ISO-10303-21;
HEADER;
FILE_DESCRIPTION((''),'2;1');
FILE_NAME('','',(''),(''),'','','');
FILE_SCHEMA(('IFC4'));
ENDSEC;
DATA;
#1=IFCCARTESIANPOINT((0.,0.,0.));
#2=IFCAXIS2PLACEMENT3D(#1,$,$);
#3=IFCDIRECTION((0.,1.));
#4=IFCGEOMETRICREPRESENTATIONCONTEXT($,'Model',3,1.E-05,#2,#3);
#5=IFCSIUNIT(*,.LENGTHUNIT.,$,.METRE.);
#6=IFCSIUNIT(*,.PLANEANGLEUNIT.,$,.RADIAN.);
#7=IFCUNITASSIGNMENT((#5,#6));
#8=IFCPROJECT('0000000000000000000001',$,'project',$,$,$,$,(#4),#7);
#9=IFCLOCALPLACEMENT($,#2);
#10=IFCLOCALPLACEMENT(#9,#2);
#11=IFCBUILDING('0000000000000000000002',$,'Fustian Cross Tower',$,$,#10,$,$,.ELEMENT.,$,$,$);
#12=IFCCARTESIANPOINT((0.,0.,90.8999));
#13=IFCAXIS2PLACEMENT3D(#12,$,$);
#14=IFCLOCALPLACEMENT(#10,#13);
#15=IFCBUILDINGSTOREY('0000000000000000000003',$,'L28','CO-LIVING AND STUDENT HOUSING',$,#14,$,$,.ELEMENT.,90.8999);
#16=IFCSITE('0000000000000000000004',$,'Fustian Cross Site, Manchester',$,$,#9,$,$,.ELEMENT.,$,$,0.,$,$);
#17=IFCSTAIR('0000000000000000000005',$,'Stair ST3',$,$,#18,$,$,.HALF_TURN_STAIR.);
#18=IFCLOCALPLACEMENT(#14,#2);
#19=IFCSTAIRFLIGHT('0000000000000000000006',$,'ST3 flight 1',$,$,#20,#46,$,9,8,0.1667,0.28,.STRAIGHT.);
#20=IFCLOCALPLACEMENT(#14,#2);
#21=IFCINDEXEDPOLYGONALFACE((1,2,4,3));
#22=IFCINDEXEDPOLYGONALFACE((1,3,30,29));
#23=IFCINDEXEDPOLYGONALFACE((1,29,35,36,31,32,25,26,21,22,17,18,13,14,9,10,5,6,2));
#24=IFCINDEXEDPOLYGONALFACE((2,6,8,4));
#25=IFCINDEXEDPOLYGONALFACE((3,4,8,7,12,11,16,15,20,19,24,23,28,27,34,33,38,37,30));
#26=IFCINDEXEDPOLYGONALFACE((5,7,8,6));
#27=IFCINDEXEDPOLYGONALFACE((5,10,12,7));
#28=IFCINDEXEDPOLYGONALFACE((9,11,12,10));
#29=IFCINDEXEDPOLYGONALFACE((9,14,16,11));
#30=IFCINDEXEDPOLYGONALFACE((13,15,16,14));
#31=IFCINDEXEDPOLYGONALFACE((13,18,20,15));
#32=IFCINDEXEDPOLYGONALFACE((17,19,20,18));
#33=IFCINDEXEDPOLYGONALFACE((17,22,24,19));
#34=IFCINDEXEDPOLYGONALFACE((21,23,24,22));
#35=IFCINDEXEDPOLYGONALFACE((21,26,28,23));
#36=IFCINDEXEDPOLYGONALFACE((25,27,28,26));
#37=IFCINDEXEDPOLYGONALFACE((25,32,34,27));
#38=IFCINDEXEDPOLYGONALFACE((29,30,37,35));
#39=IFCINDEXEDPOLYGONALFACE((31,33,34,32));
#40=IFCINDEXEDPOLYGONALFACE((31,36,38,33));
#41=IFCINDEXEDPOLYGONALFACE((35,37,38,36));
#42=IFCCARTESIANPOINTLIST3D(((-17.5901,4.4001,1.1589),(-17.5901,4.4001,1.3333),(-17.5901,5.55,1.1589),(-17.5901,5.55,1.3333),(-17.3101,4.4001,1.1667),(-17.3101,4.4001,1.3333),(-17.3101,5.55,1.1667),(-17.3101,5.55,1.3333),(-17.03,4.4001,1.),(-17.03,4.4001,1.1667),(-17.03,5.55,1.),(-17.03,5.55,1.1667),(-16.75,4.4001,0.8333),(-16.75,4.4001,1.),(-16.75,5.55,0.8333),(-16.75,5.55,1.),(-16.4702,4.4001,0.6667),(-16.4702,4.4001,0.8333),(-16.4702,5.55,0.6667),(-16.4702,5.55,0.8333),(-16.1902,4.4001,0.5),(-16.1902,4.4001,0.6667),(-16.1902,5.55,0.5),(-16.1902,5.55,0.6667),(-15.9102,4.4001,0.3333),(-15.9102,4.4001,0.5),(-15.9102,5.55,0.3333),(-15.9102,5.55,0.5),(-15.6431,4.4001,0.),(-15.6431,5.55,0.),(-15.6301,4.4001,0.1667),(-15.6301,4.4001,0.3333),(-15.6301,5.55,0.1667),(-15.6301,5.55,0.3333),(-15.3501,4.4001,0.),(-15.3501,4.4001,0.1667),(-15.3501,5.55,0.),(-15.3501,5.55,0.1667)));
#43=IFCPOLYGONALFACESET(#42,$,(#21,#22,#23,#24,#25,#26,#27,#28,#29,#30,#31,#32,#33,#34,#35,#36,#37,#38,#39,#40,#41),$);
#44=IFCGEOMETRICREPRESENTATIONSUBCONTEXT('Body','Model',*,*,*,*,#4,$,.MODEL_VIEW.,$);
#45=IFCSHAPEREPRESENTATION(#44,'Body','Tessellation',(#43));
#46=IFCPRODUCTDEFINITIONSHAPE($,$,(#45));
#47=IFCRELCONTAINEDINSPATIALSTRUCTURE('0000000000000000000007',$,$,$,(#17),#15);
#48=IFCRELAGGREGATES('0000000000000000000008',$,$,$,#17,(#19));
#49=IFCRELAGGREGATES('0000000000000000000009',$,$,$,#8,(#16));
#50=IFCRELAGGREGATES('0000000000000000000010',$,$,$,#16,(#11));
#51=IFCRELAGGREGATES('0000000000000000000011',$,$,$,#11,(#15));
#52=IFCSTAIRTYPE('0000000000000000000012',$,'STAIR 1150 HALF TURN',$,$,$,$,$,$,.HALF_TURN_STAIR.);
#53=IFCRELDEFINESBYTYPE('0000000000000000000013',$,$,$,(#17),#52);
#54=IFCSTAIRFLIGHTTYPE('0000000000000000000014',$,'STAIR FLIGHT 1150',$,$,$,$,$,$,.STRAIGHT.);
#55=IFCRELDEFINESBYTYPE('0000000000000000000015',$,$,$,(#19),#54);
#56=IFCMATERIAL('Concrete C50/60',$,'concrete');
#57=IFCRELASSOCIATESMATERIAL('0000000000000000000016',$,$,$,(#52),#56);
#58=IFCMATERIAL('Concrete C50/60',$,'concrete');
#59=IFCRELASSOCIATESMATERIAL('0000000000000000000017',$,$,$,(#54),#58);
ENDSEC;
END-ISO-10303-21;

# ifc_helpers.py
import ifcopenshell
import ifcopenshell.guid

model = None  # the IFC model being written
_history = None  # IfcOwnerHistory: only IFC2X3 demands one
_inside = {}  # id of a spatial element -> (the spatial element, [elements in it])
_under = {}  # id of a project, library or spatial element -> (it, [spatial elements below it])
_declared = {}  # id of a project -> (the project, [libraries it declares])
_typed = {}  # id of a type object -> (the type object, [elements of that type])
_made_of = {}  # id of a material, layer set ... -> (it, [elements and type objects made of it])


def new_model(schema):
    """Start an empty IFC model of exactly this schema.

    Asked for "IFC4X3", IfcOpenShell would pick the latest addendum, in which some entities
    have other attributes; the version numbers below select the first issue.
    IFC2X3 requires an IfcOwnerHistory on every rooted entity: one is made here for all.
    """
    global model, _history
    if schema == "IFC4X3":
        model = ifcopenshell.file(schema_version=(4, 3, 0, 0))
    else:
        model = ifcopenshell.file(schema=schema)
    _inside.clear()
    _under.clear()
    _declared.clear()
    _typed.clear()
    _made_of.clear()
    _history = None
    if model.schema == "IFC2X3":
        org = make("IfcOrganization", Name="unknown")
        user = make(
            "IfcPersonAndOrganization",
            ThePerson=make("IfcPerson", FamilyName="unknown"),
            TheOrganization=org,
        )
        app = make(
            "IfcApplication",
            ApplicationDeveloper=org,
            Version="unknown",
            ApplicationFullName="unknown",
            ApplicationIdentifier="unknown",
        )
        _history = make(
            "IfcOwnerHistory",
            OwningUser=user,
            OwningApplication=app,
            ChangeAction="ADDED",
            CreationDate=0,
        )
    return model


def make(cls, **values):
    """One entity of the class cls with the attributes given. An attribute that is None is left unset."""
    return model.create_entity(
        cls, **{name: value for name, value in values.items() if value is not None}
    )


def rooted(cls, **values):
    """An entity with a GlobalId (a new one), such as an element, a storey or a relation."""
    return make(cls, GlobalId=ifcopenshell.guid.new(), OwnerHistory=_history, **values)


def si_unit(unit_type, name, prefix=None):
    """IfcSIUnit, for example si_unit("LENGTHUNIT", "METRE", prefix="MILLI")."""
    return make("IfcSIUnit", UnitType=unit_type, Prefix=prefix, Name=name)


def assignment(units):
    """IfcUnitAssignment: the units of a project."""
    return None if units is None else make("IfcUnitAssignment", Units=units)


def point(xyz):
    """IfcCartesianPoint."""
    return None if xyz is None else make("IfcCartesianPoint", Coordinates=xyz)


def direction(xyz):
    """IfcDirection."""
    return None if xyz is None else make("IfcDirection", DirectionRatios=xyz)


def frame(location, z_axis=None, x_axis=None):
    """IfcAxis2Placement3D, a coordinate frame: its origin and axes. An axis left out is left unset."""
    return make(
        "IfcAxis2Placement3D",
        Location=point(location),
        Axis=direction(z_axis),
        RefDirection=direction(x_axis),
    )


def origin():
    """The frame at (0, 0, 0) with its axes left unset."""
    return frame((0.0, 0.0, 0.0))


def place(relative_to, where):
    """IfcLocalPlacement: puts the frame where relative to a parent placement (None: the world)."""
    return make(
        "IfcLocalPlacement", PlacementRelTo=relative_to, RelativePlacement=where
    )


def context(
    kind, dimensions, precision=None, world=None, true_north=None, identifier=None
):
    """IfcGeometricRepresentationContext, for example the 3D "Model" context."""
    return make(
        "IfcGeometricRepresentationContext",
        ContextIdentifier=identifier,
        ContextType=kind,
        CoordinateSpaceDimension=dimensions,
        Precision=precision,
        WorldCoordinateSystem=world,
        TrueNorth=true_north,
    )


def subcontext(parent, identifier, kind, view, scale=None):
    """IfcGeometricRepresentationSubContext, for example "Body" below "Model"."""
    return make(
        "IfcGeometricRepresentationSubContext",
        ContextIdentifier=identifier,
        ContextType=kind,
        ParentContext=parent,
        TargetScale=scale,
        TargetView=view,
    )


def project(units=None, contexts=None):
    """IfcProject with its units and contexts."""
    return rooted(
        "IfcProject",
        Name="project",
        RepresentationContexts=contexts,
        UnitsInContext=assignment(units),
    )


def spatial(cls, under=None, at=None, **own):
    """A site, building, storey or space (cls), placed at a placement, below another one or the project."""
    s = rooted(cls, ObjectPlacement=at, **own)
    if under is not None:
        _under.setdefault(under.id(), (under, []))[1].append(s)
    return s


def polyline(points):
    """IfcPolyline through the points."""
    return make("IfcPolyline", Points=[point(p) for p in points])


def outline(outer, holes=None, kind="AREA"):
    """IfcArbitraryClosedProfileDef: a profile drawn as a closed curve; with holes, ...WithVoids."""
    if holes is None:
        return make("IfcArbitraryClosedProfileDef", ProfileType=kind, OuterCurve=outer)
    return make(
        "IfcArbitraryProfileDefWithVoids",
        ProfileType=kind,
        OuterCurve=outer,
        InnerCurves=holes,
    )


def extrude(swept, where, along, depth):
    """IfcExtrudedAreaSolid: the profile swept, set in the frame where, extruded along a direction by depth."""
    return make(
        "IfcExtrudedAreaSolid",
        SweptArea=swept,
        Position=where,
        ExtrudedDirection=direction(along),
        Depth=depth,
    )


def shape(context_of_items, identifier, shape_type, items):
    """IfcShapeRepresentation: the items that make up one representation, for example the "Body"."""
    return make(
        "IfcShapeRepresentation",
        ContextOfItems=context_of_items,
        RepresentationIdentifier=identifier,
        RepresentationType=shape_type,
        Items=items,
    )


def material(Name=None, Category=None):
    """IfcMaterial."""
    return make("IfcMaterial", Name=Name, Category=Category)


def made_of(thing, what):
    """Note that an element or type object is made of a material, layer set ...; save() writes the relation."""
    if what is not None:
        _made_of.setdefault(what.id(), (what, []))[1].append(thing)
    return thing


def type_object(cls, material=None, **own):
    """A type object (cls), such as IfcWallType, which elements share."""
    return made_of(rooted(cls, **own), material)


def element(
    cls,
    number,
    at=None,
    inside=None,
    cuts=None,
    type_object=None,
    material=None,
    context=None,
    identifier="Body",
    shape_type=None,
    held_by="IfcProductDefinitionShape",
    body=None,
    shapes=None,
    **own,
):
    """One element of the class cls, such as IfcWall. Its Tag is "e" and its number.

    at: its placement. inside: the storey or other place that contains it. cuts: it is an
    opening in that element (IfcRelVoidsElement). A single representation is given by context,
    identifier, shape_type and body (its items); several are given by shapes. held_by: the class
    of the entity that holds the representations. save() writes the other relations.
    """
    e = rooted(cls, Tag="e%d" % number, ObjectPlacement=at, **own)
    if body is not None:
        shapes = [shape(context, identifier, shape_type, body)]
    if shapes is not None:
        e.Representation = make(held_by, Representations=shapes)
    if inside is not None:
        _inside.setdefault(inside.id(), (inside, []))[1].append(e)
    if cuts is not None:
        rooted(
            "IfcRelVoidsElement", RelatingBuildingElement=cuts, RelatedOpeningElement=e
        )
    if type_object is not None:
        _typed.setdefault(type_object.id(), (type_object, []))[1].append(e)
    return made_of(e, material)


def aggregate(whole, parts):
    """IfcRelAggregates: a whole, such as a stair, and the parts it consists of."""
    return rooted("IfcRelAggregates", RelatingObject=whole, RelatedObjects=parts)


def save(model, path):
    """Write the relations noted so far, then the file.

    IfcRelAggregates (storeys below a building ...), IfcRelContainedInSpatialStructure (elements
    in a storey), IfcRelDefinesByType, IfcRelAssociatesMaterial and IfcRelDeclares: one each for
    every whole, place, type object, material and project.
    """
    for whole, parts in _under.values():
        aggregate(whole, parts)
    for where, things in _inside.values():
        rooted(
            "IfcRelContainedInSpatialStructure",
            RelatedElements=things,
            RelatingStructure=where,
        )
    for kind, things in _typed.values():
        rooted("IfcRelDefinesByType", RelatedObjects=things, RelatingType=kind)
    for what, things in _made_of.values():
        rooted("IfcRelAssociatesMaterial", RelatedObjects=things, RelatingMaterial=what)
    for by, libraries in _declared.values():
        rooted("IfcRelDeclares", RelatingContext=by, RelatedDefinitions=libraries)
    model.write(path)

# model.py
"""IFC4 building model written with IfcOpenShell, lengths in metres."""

from ifc_helpers import new_model, si_unit, direction, frame, origin, place, context, subcontext, project, spatial, polyline, outline, extrude, material, type_object, element, aggregate, save


model = new_model("IFC4")

# Units and contexts
model_context = context("Model", 3, precision=1e-05, world=origin(), true_north=direction((0.0, 1.0)))
body_context = subcontext(model_context, "Body", "Model", "MODEL_VIEW")
ifc_project = project(units=[si_unit("LENGTHUNIT", "METRE"), si_unit("PLANEANGLEUNIT", "RADIAN")], contexts=[model_context])

# Site, building, storey
site_placement = place(None, origin())
site = spatial("IfcSite", under=ifc_project, at=site_placement, Name="Fustian Cross Site, Manchester", CompositionType="ELEMENT", RefElevation=0.0)
building_placement = place(site_placement, origin())
building = spatial("IfcBuilding", under=site, at=building_placement, Name="Fustian Cross Tower", CompositionType="ELEMENT")
storey_placement = place(building_placement, frame((0.0, 0.0, 90.8999)))
storey = spatial("IfcBuildingStorey", under=building, at=storey_placement, Name="L28", Description="CO-LIVING AND STUDENT HOUSING", CompositionType="ELEMENT", Elevation=90.8999)

# Stair, stair flight
ifc_material_1 = material(Name="Concrete C50/60", Category="concrete")
stair_type = type_object("IfcStairType", Name="STAIR 1150 HALF TURN", PredefinedType="HALF_TURN_STAIR", material=ifc_material_1)
stair_placement = place(storey_placement, origin())
stair = element("IfcStair", 1, at=stair_placement, inside=storey, type_object=stair_type, Name="Stair ST3", PredefinedType="HALF_TURN_STAIR")
ifc_material_2 = material(Name="Concrete C50/60", Category="concrete")
stair_flight_type = type_object("IfcStairFlightType", Name="STAIR FLIGHT 1150", PredefinedType="STRAIGHT", material=ifc_material_2)
stair_flight_placement = place(storey_placement, frame((-15.3501, 4.9751, 0.0), z_axis=(0.0, 0.0, 1.0), x_axis=(-1.0, 0.0, 0.0)))
stair_flight = element("IfcStairFlight", 2, at=stair_flight_placement, type_object=stair_flight_type, Name="ST3 flight 1", NumberOfRisers=9, NumberOfTreads=8, PredefinedType="STRAIGHT", RiserHeight=0.1667, TreadLength=0.28, context=body_context, shape_type="SweptSolid", body=[
    extrude(outline(polyline([(0.0, 0.0), (0.0, 0.1667), (0.28, 0.1667), (0.28, 0.3333), (0.5601, 0.3333), (0.5601, 0.5), (0.8401, 0.5), (0.8401, 0.6667), (1.1201, 0.6667), (1.1201, 0.8333), (1.3999, 0.8333), (1.3999, 1.0), (1.6799, 1.0), (1.6799, 1.1667), (1.96, 1.1667), (1.96, 1.3333), (2.24, 1.3333), (2.24, 1.5), (2.24, 1.1589), (0.293, 0.0), (0.0, 0.0)])), frame((0.0, 0.575, 0.0), z_axis=(0.0, -1.0, 0.0), x_axis=(1.0, 0.0, 0.0)), (0.0, 0.0, 1.0), 1.1499),
])
aggregate(stair, [stair_flight])

save(model, "model.ifc")
